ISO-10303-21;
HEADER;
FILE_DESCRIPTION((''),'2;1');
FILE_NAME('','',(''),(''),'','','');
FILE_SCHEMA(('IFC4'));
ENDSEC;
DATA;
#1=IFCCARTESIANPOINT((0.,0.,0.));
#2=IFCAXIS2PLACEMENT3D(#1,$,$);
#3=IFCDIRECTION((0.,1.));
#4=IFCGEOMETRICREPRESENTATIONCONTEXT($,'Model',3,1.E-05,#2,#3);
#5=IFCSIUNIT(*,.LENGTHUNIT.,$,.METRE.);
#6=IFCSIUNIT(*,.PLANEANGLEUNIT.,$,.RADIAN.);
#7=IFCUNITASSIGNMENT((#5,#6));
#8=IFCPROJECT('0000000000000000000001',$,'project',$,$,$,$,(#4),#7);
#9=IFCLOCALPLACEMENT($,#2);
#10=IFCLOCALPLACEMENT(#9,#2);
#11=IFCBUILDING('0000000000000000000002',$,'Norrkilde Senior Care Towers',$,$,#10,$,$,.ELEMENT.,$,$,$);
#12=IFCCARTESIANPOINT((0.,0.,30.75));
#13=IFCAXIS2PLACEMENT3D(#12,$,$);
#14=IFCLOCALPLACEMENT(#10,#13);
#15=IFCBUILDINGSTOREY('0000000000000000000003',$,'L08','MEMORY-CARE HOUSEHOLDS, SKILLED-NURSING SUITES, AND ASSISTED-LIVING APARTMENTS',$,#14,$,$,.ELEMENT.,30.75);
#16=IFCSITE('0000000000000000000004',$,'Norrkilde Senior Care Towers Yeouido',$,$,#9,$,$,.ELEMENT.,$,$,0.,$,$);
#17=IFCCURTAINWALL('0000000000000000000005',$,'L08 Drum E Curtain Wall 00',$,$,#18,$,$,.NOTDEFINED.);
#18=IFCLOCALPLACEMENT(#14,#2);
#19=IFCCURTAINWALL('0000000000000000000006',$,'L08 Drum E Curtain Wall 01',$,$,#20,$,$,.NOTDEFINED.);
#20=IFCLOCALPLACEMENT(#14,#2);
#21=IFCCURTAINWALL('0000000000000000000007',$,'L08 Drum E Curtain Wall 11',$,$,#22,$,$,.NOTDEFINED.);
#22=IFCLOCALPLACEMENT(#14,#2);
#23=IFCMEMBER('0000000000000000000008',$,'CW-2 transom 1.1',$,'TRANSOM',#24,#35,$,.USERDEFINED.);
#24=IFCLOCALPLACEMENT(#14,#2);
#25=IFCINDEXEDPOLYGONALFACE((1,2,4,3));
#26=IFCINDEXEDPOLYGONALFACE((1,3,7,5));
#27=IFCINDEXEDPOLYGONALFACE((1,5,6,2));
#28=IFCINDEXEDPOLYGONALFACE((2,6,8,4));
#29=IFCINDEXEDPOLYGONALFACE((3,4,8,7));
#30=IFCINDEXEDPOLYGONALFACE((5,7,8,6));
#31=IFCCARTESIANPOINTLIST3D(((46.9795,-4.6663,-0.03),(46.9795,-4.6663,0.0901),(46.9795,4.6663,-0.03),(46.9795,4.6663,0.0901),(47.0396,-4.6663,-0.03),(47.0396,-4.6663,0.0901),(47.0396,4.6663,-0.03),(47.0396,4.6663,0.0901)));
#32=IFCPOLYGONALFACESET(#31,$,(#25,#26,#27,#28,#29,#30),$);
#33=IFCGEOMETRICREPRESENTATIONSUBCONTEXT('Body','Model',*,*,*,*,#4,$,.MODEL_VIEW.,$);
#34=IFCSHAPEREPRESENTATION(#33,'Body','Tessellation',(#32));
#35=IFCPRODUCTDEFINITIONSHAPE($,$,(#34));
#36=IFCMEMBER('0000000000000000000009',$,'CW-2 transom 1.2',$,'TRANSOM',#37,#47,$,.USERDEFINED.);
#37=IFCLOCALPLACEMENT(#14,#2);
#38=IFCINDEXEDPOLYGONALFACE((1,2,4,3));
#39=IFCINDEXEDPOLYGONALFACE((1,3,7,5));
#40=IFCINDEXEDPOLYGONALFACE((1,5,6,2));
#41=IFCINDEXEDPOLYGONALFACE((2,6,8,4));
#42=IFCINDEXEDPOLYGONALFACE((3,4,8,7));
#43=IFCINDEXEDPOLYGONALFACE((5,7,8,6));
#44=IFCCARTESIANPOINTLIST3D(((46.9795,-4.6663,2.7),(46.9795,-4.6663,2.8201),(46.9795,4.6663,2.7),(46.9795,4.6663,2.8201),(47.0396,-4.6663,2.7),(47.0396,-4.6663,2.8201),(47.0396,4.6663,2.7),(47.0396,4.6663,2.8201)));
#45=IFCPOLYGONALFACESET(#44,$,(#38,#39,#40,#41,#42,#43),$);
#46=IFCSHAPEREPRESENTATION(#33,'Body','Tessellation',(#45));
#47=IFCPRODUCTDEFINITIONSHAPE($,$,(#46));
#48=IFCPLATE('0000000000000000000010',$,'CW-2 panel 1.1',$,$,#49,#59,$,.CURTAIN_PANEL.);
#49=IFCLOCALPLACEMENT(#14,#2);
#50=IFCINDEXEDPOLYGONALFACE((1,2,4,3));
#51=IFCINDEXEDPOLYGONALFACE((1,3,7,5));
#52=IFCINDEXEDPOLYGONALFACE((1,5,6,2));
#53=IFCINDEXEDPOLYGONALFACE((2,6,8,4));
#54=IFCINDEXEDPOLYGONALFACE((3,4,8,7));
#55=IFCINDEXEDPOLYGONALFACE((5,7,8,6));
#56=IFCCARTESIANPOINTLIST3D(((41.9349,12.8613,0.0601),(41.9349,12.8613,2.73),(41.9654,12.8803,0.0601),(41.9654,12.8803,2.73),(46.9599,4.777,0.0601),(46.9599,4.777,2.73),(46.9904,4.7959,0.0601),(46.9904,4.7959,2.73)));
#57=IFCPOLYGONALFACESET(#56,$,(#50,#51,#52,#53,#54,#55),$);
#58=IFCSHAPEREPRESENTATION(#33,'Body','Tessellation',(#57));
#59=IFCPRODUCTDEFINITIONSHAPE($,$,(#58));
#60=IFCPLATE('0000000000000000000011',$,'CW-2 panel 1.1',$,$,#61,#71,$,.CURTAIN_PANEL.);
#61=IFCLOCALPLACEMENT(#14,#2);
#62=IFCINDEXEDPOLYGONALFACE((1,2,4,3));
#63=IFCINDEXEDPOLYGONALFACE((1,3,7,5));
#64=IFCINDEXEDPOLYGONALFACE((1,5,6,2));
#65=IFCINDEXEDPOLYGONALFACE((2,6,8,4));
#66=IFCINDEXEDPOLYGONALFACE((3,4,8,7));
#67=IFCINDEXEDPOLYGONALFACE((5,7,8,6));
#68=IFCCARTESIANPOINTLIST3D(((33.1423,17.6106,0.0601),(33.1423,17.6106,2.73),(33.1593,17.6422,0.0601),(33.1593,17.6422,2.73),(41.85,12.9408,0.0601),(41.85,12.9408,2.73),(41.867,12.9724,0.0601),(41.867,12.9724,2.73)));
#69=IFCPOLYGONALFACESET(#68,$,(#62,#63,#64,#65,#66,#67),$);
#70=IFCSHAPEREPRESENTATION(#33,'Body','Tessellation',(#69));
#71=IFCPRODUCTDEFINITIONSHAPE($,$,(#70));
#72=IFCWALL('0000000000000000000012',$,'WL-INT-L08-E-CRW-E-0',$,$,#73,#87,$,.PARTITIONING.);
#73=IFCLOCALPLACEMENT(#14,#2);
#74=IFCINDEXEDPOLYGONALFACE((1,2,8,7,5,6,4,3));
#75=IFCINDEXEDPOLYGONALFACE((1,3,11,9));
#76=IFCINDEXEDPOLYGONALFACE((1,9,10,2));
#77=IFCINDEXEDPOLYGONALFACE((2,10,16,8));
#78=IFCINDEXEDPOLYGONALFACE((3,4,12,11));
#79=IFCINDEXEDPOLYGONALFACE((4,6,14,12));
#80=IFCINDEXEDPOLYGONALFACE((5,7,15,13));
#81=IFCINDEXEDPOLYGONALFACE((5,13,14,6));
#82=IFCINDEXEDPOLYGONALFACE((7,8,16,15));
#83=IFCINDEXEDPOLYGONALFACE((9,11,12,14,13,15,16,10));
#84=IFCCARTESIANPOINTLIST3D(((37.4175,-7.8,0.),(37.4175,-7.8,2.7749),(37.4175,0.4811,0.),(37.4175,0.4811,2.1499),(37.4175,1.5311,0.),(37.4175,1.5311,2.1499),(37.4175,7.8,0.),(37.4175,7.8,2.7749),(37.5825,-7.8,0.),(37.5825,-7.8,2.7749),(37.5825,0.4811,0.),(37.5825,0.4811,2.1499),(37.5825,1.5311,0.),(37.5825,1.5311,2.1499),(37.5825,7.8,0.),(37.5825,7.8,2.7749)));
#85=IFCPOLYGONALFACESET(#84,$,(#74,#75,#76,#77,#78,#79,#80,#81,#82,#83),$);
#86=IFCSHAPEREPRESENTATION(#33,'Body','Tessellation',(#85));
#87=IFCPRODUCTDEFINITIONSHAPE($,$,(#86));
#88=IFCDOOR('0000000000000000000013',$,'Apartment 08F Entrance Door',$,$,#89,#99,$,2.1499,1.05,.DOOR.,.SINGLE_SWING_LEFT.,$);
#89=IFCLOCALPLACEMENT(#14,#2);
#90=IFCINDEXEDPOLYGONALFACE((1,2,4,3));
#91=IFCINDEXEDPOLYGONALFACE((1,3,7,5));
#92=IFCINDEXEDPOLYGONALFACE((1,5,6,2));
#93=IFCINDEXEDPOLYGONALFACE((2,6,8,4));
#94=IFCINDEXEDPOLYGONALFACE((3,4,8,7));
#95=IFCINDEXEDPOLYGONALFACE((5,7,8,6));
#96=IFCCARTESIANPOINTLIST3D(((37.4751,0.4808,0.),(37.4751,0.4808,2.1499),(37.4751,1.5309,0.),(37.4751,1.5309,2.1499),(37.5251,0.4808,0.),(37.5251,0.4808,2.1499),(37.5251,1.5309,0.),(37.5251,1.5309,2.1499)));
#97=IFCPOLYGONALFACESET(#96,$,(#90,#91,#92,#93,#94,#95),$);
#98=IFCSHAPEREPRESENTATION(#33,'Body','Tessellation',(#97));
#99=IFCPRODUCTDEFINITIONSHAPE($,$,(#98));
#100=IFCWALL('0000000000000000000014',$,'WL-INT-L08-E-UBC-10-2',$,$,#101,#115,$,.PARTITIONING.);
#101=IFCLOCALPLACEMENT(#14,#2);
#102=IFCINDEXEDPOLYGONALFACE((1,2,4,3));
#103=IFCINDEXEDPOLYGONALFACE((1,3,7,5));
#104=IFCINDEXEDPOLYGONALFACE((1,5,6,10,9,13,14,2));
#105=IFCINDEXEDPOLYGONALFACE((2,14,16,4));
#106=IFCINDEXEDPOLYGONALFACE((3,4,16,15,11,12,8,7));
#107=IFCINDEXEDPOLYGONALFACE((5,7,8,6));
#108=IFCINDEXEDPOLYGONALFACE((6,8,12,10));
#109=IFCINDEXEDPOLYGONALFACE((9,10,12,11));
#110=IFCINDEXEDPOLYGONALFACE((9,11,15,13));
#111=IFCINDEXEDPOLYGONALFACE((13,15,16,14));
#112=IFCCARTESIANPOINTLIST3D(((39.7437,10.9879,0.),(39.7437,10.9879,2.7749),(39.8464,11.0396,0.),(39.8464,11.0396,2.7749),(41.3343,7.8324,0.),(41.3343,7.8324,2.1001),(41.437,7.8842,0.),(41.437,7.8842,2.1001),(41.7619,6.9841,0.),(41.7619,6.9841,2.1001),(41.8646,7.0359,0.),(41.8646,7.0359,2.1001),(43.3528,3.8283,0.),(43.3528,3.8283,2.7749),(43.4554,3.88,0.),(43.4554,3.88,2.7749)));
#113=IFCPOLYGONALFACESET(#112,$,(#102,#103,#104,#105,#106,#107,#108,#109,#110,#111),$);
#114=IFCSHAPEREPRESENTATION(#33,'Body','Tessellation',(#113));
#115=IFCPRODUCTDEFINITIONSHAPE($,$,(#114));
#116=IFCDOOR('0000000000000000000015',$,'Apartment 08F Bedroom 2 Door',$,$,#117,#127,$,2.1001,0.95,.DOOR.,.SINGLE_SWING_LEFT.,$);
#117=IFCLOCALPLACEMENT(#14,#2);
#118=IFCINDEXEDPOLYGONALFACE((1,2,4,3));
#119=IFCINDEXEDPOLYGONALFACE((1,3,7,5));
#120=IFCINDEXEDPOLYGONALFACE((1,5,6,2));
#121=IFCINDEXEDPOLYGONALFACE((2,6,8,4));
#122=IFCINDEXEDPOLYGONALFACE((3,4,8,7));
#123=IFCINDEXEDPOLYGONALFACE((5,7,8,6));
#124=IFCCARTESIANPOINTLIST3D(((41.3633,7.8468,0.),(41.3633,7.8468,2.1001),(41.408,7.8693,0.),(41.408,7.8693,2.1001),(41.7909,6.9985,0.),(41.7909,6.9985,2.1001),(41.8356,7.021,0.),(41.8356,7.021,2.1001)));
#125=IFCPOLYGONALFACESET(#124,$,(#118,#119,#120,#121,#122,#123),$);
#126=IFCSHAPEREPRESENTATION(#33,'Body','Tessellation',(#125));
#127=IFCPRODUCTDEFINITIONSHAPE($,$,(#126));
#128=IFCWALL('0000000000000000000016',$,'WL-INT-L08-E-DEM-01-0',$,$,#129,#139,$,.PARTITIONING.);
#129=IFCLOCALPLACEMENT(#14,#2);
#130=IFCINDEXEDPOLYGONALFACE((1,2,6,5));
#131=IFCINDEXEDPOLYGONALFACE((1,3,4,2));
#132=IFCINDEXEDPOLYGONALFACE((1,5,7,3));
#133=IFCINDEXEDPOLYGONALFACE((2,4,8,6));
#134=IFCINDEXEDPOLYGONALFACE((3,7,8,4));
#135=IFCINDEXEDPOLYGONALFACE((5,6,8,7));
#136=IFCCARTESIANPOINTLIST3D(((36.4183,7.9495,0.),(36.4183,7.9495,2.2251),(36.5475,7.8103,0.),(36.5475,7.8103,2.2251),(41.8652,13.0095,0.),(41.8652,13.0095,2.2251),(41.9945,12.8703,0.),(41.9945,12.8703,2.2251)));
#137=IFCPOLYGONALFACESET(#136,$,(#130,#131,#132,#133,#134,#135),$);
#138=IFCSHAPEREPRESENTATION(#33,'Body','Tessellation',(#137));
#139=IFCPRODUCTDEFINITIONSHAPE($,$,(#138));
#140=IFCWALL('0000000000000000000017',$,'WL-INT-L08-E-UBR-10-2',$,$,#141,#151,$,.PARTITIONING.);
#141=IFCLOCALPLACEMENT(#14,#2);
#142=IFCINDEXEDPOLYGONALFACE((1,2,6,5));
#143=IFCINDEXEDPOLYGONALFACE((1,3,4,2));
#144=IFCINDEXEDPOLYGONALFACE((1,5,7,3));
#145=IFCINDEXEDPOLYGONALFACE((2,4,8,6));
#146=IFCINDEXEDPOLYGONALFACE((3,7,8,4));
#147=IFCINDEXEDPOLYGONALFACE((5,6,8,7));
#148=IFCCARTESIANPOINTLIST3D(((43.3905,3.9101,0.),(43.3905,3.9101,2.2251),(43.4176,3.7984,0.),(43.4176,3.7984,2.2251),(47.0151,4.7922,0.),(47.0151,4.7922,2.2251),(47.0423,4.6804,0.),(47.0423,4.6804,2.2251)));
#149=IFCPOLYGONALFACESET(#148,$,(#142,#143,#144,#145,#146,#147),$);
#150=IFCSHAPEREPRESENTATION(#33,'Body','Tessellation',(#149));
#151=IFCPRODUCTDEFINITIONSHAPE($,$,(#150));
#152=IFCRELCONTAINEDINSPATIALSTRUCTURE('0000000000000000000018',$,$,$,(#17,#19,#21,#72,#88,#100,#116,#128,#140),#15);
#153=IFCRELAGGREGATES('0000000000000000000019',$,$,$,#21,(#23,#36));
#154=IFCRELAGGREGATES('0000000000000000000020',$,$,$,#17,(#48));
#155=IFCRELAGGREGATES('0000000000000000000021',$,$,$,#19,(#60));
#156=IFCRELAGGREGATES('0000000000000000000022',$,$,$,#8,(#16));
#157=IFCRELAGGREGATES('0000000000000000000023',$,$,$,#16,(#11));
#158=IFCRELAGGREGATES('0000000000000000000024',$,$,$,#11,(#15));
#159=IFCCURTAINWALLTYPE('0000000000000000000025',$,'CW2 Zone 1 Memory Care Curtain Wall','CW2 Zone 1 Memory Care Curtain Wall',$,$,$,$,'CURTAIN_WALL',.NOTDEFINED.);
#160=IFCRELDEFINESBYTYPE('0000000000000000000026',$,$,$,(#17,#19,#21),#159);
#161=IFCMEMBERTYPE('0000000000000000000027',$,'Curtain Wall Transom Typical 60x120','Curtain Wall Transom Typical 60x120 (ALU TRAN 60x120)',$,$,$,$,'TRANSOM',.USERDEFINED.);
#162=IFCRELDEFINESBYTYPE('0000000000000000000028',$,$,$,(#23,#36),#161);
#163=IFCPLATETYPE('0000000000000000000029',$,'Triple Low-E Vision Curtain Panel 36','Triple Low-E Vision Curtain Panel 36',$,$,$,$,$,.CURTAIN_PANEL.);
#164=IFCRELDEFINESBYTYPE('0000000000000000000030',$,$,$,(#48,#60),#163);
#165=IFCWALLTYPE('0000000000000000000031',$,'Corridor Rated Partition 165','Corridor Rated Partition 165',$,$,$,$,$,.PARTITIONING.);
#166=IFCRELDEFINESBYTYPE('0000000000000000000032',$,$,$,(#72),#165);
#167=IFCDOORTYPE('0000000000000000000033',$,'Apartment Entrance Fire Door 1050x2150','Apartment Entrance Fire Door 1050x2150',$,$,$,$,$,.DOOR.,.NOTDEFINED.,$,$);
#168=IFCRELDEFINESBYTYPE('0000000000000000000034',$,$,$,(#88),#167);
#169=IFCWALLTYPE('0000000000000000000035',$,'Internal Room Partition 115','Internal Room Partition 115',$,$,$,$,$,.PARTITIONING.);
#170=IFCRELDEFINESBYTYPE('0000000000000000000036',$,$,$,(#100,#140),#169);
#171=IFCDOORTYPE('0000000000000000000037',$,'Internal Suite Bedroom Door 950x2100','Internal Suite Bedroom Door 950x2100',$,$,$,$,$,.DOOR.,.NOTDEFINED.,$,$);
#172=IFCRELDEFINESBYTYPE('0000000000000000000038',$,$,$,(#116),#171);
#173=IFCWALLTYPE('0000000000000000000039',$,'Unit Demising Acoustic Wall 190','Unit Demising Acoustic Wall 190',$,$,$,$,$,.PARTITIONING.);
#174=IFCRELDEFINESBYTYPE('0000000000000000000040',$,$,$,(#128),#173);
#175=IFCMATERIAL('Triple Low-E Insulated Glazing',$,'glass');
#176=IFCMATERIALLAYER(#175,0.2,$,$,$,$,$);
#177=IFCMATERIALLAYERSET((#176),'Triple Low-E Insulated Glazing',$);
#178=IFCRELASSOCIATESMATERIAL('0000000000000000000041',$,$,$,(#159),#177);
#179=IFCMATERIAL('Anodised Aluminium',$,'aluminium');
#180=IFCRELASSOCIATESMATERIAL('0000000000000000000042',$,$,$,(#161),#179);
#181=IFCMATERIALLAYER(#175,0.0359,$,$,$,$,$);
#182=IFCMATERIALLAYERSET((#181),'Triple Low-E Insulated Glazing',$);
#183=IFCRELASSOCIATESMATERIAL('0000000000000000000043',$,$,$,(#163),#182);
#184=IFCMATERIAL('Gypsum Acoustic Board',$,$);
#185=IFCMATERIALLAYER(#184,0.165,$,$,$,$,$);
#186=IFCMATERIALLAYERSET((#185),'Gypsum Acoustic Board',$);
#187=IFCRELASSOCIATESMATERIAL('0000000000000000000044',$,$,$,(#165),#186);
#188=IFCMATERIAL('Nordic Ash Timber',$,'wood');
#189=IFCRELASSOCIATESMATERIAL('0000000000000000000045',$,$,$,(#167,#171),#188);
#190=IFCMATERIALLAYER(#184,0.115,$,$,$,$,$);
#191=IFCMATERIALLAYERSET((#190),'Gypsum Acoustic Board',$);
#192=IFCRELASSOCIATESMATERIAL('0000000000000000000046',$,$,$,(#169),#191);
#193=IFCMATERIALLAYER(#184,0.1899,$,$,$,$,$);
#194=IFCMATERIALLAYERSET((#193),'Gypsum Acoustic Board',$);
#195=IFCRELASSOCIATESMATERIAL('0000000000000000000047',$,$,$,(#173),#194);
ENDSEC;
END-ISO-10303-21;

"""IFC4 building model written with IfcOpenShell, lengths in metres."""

from ifc_helpers import new_model, si_unit, direction, frame, frame_2d, origin, origin_2d, place, context, subcontext, project, spatial, rectangle, extrude, source, transform, mapped, material, layer, layer_set, material_profile, profile_set, type_object, type_shapes, element, fill, aggregate, save


model = new_model("IFC4")

# Units and contexts
model_context = context("Model", 3, precision=1e-05, world=origin(), true_north=direction((0.0, 1.0)))
body_context = subcontext(model_context, "Body", "Model", "MODEL_VIEW")
ifc_project = project(units=[si_unit("LENGTHUNIT", "METRE"), si_unit("PLANEANGLEUNIT", "RADIAN")], contexts=[model_context])

# Site, building, storey
site_placement = place(None, origin())
site = spatial("IfcSite", under=ifc_project, at=site_placement, Name="Norrkilde Senior Care Towers Yeouido", CompositionType="ELEMENT", RefElevation=0.0)
building_placement = place(site_placement, origin())
building = spatial("IfcBuilding", under=site, at=building_placement, Name="Norrkilde Senior Care Towers", CompositionType="ELEMENT")
storey_placement = place(building_placement, frame((0.0, 0.0, 30.75)))
storey = spatial("IfcBuildingStorey", under=building, at=storey_placement, Name="L08", Description="MEMORY-CARE HOUSEHOLDS, SKILLED-NURSING SUITES, AND ASSISTED-LIVING APARTMENTS", CompositionType="ELEMENT", Elevation=30.75)

# Curtain wall
ifc_material_1 = material(Name="Triple Low-E Insulated Glazing", Category="glass")
ifc_layer_1 = layer(ifc_material_1, 0.2)
ifc_layer_set_1 = layer_set([ifc_layer_1], Name="Triple Low-E Insulated Glazing")
curtain_wall_type = type_object("IfcCurtainWallType", Name="CW2 Zone 1 Memory Care Curtain Wall", Description="CW2 Zone 1 Memory Care Curtain Wall", ElementType="CURTAIN_WALL", PredefinedType="NOTDEFINED", material=ifc_layer_set_1)
curtain_wall_1_placement = place(storey_placement, origin())
curtain_wall_1 = element("IfcCurtainWall", 1, at=curtain_wall_1_placement, inside=storey, type_object=curtain_wall_type, Name="L08 Drum E Curtain Wall 00", PredefinedType="NOTDEFINED")
ifc_material_2 = material(Name="Anodised Aluminium", Category="aluminium")

# Curtain walls
curtain_wall_2_placement = place(storey_placement, origin())
curtain_wall_2 = element("IfcCurtainWall", 2, at=curtain_wall_2_placement, inside=storey, type_object=curtain_wall_type, Name="L08 Drum E Curtain Wall 01", PredefinedType="NOTDEFINED")
curtain_wall_3_placement = place(storey_placement, origin())
curtain_wall_3 = element("IfcCurtainWall", 3, at=curtain_wall_3_placement, inside=storey, type_object=curtain_wall_type, Name="L08 Drum E Curtain Wall 11", PredefinedType="NOTDEFINED")

# Members
ifc_material_profile_1 = material_profile(ifc_material_2, rectangle(XDim=0.0601, YDim=0.1201, at=origin_2d()), Name="ALU TRAN 60x120")
ifc_profile_set_1 = profile_set([ifc_material_profile_1], Name="Anodised Aluminium")
member_type_1 = type_object("IfcMemberType", Name="Curtain Wall Transom Typical 60x120", Description="Curtain Wall Transom Typical 60x120 (ALU TRAN 60x120)", ElementType="TRANSOM", PredefinedType="USERDEFINED", material=ifc_profile_set_1)
shared_shape_1 = source(origin(), body_context, "Body", "SweptSolid", [
    extrude(rectangle(XDim=0.0601, YDim=0.1201, at=origin_2d()), origin(), (0.0, 0.0, 1.0), 9.3325),
])
member_1_placement = place(storey_placement, frame((47.0095, 4.6663, 0.03), z_axis=(0.0, -1.0, 0.0), x_axis=(1.0, 0.0, 0.0)))
member_1 = element("IfcMember", 4, at=member_1_placement, type_object=member_type_1, Name="CW-2 transom 1.1", ObjectType="TRANSOM", PredefinedType="USERDEFINED", context=body_context, shape_type="MappedRepresentation", body=[
    mapped(shared_shape_1, transform((0.0, 0.0, 0.0), x_axis=(1.0, 0.0, 0.0), y_axis=(0.0, 1.0, 0.0), z_axis=(0.0, 0.0, 1.0), scale=1.0)),
])
member_2_placement = place(storey_placement, frame((47.0095, 4.6663, 2.76), z_axis=(0.0, -1.0, 0.0), x_axis=(1.0, 0.0, 0.0)))
member_2 = element("IfcMember", 5, at=member_2_placement, type_object=member_type_1, Name="CW-2 transom 1.2", ObjectType="TRANSOM", PredefinedType="USERDEFINED", context=body_context, shape_type="MappedRepresentation", body=[
    mapped(shared_shape_1, transform((0.0, 0.0, 0.0), x_axis=(1.0, 0.0, 0.0), y_axis=(0.0, 1.0, 0.0), z_axis=(0.0, 0.0, 1.0), scale=1.0)),
])
aggregate(curtain_wall_3, [member_1, member_2])

# Plates
ifc_layer_2 = layer(ifc_material_1, 0.0359)
ifc_layer_set_2 = layer_set([ifc_layer_2], Name="Triple Low-E Insulated Glazing")
plate_type = type_object("IfcPlateType", Name="Triple Low-E Vision Curtain Panel 36", Description="Triple Low-E Vision Curtain Panel 36", PredefinedType="CURTAIN_PANEL", material=ifc_layer_set_2)
shared_shape_2 = source(origin(), body_context, "Body", "SweptSolid", [
    extrude(rectangle(XDim=9.5188, YDim=0.0359, at=origin_2d()), origin(), (0.0, 0.0, 1.0), 2.6699),
])
plate_1_placement = place(storey_placement, frame((44.4626, 8.8286, 0.0601), z_axis=(0.0, 0.0, 1.0), x_axis=(0.527901, -0.849306, 0.0)))
plate_1 = element("IfcPlate", 6, at=plate_1_placement, type_object=plate_type, Name="CW-2 panel 1.1", PredefinedType="CURTAIN_PANEL", context=body_context, shape_type="MappedRepresentation", body=[
    mapped(shared_shape_2, transform((0.0, 0.0, 0.0), x_axis=(1.0, 0.0, 0.0), y_axis=(0.0, 1.0, 0.0), z_axis=(0.0, 0.0, 1.0), scale=1.0)),
])
aggregate(curtain_wall_1, [plate_1])
shared_shape_3 = source(origin(), body_context, "Body", "SweptSolid", [
    extrude(rectangle(XDim=9.8809, YDim=0.0359, at=origin_2d()), origin(), (0.0, 0.0, 1.0), 2.6699),
])
type_shapes(plate_type, [shared_shape_2, shared_shape_3])
plate_2_placement = place(storey_placement, frame((37.5046, 15.2915, 0.0601), z_axis=(0.0, 0.0, 1.0), x_axis=(0.881273, -0.472608, 0.0)))
plate_2 = element("IfcPlate", 7, at=plate_2_placement, type_object=plate_type, Name="CW-2 panel 1.1", PredefinedType="CURTAIN_PANEL", context=body_context, shape_type="MappedRepresentation", body=[
    mapped(shared_shape_3, transform((0.0, 0.0, 0.0), x_axis=(1.0, 0.0, 0.0), y_axis=(0.0, 1.0, 0.0), z_axis=(0.0, 0.0, 1.0), scale=1.0)),
])
aggregate(curtain_wall_2, [plate_2])

# Walls, openings, doors
ifc_material_3 = material(Name="Gypsum Acoustic Board")
ifc_layer_3 = layer(ifc_material_3, 0.165)
ifc_layer_set_3 = layer_set([ifc_layer_3], Name="Gypsum Acoustic Board")
wall_type_1 = type_object("IfcWallType", Name="Corridor Rated Partition 165", Description="Corridor Rated Partition 165", PredefinedType="PARTITIONING", material=ifc_layer_set_3)
shared_shape_4 = source(origin(), body_context, "Body", "SweptSolid", [
    extrude(rectangle(XDim=15.6001, YDim=0.165, at=frame_2d((7.8, 0.0))), origin(), (0.0, 0.0, 1.0), 2.7749),
])
type_shapes(wall_type_1, [shared_shape_4])
wall_1_placement = place(storey_placement, frame((37.5, 7.8, 0.0), z_axis=(0.0, 0.0, 1.0), x_axis=(0.0, -1.0, 0.0)))
wall_1 = element("IfcWall", 8, at=wall_1_placement, inside=storey, type_object=wall_type_1, Name="WL-INT-L08-E-CRW-E-0", PredefinedType="PARTITIONING", context=body_context, shape_type="MappedRepresentation", body=[
    mapped(shared_shape_4, transform((0.0, 0.0, 0.0), x_axis=(1.0, 0.0, 0.0), y_axis=(0.0, 1.0, 0.0), z_axis=(0.0, 0.0, 1.0), scale=1.0)),
])
opening_1_placement = place(wall_1_placement, frame((6.269, 0.0, 0.0)))
opening_1 = element("IfcOpeningElement", 9, at=opening_1_placement, cuts=wall_1, PredefinedType="OPENING", context=body_context, shape_type="SweptSolid", body=[
    extrude(rectangle(XDim=1.05, YDim=2.1499, at=frame_2d((0.5249, 1.075))), frame((0.0, 0.0925, 0.0), z_axis=(0.0, -1.0, 0.0), x_axis=(1.0, 0.0, 0.0)), (0.0, 0.0, 1.0), 0.1851),
])
ifc_material_4 = material(Name="Nordic Ash Timber", Category="wood")
door_type_1 = type_object("IfcDoorType", Name="Apartment Entrance Fire Door 1050x2150", Description="Apartment Entrance Fire Door 1050x2150", OperationType="NOTDEFINED", PredefinedType="DOOR", material=ifc_material_4)
shared_shape_5 = source(origin(), body_context, "Body", "SweptSolid", [
    extrude(rectangle(XDim=1.05, YDim=2.1499, at=frame_2d((0.5249, 1.075))), frame((0.0, 0.0249, 0.0), z_axis=(0.0, -1.0, 0.0), x_axis=(1.0, 0.0, 0.0)), (0.0, 0.0, 1.0), 0.05),
])
type_shapes(door_type_1, [shared_shape_5])
door_1_placement = place(opening_1_placement, frame((1.05, 0.0, 0.0), z_axis=(0.0, 0.0, 1.0), x_axis=(-1.0, 0.0, 0.0)))
door_1 = element("IfcDoor", 10, at=door_1_placement, inside=storey, type_object=door_type_1, Name="Apartment 08F Entrance Door", OperationType="SINGLE_SWING_LEFT", OverallHeight=2.1499, OverallWidth=1.05, PredefinedType="DOOR", context=body_context, shape_type="MappedRepresentation", body=[
    mapped(shared_shape_5, transform((0.0, 0.0, 0.0), x_axis=(1.0, 0.0, 0.0), y_axis=(0.0, 1.0, 0.0), z_axis=(0.0, 0.0, 1.0), scale=1.0)),
])
fill(opening_1, door_1)
ifc_layer_4 = layer(ifc_material_3, 0.115)
ifc_layer_set_4 = layer_set([ifc_layer_4], Name="Gypsum Acoustic Board")
wall_type_2 = type_object("IfcWallType", Name="Internal Room Partition 115", Description="Internal Room Partition 115", PredefinedType="PARTITIONING", material=ifc_layer_set_4)
shared_shape_6 = source(origin(), body_context, "Body", "SweptSolid", [
    extrude(rectangle(XDim=8.0178, YDim=0.115, at=frame_2d((4.0088, 0.0))), origin(), (0.0, 0.0, 1.0), 2.7749),
])
wall_2_placement = place(storey_placement, frame((43.4041, 3.8542, 0.0), z_axis=(0.0, 0.0, 1.0), x_axis=(-0.450134, 0.892961, 0.0)))
wall_2 = element("IfcWall", 11, at=wall_2_placement, inside=storey, type_object=wall_type_2, Name="WL-INT-L08-E-UBC-10-2", PredefinedType="PARTITIONING", context=body_context, shape_type="MappedRepresentation", body=[
    mapped(shared_shape_6, transform((0.0, 0.0, 0.0), x_axis=(1.0, 0.0, 0.0), y_axis=(0.0, 1.0, 0.0), z_axis=(0.0, 0.0, 1.0), scale=1.0)),
])
opening_2_placement = place(wall_2_placement, frame((3.5339, 0.0, 0.0)))
opening_2 = element("IfcOpeningElement", 12, at=opening_2_placement, cuts=wall_2, PredefinedType="OPENING", context=body_context, shape_type="SweptSolid", body=[
    extrude(rectangle(XDim=0.95, YDim=2.1001, at=frame_2d((0.4751, 1.05))), frame((0.0, 0.0674, 0.0), z_axis=(0.0, -1.0, 0.0), x_axis=(1.0, 0.0, 0.0)), (0.0, 0.0, 1.0), 0.135),
])
door_type_2 = type_object("IfcDoorType", Name="Internal Suite Bedroom Door 950x2100", Description="Internal Suite Bedroom Door 950x2100", OperationType="NOTDEFINED", PredefinedType="DOOR", material=ifc_material_4)
shared_shape_7 = source(origin(), body_context, "Body", "SweptSolid", [
    extrude(rectangle(XDim=0.95, YDim=2.1001, at=frame_2d((0.4751, 1.05))), frame((0.0, 0.0249, 0.0), z_axis=(0.0, -1.0, 0.0), x_axis=(1.0, 0.0, 0.0)), (0.0, 0.0, 1.0), 0.05),
])
type_shapes(door_type_2, [shared_shape_7])
door_2_placement = place(opening_2_placement, frame((0.95, 0.0, 0.0), z_axis=(0.0, 0.0, 1.0), x_axis=(-1.0, 0.0, 0.0)))
door_2 = element("IfcDoor", 13, at=door_2_placement, inside=storey, type_object=door_type_2, Name="Apartment 08F Bedroom 2 Door", OperationType="SINGLE_SWING_LEFT", OverallHeight=2.1001, OverallWidth=0.95, PredefinedType="DOOR", context=body_context, shape_type="MappedRepresentation", body=[
    mapped(shared_shape_7, transform((0.0, 0.0, 0.0), x_axis=(1.0, 0.0, 0.0), y_axis=(0.0, 1.0, 0.0), z_axis=(0.0, 0.0, 1.0), scale=1.0)),
])
fill(opening_2, door_2)

# Walls
ifc_layer_5 = layer(ifc_material_3, 0.1899)
ifc_layer_set_5 = layer_set([ifc_layer_5], Name="Gypsum Acoustic Board")
wall_type_3 = type_object("IfcWallType", Name="Unit Demising Acoustic Wall 190", Description="Unit Demising Acoustic Wall 190", PredefinedType="PARTITIONING", material=ifc_layer_set_5)
shared_shape_8 = source(origin(), body_context, "Body", "SweptSolid", [
    extrude(rectangle(XDim=7.4346, YDim=0.1899, at=frame_2d((3.7173, 0.0))), origin(), (0.0, 0.0, 1.0), 2.2251),
])
type_shapes(wall_type_3, [shared_shape_8])
wall_3_placement = place(storey_placement, frame((36.4829, 7.8799, 0.0), z_axis=(0.0, 0.0, 1.0), x_axis=(0.732652, 0.680603, 0.0)))
element("IfcWall", 14, at=wall_3_placement, inside=storey, type_object=wall_type_3, Name="WL-INT-L08-E-DEM-01-0", PredefinedType="PARTITIONING", context=body_context, shape_type="MappedRepresentation", body=[
    mapped(shared_shape_8, transform((0.0, 0.0, 0.0), x_axis=(1.0, 0.0, 0.0), y_axis=(0.0, 1.0, 0.0), z_axis=(0.0, 0.0, 1.0), scale=1.0)),
])
shared_shape_9 = source(origin(), body_context, "Body", "SweptSolid", [
    extrude(rectangle(XDim=3.7305, YDim=0.115, at=frame_2d((1.8652, 0.0))), origin(), (0.0, 0.0, 1.0), 2.2251),
])
type_shapes(wall_type_2, [shared_shape_6, shared_shape_9])
wall_4_placement = place(storey_placement, frame((43.4041, 3.8542, 0.0), z_axis=(0.0, 0.0, 1.0), x_axis=(0.971644, 0.236448, 0.0)))
element("IfcWall", 15, at=wall_4_placement, inside=storey, type_object=wall_type_2, Name="WL-INT-L08-E-UBR-10-2", PredefinedType="PARTITIONING", context=body_context, shape_type="MappedRepresentation", body=[
    mapped(shared_shape_9, transform((0.0, 0.0, 0.0), x_axis=(1.0, 0.0, 0.0), y_axis=(0.0, 1.0, 0.0), z_axis=(0.0, 0.0, 1.0), scale=1.0)),
])

save(model, "model.ifc")
